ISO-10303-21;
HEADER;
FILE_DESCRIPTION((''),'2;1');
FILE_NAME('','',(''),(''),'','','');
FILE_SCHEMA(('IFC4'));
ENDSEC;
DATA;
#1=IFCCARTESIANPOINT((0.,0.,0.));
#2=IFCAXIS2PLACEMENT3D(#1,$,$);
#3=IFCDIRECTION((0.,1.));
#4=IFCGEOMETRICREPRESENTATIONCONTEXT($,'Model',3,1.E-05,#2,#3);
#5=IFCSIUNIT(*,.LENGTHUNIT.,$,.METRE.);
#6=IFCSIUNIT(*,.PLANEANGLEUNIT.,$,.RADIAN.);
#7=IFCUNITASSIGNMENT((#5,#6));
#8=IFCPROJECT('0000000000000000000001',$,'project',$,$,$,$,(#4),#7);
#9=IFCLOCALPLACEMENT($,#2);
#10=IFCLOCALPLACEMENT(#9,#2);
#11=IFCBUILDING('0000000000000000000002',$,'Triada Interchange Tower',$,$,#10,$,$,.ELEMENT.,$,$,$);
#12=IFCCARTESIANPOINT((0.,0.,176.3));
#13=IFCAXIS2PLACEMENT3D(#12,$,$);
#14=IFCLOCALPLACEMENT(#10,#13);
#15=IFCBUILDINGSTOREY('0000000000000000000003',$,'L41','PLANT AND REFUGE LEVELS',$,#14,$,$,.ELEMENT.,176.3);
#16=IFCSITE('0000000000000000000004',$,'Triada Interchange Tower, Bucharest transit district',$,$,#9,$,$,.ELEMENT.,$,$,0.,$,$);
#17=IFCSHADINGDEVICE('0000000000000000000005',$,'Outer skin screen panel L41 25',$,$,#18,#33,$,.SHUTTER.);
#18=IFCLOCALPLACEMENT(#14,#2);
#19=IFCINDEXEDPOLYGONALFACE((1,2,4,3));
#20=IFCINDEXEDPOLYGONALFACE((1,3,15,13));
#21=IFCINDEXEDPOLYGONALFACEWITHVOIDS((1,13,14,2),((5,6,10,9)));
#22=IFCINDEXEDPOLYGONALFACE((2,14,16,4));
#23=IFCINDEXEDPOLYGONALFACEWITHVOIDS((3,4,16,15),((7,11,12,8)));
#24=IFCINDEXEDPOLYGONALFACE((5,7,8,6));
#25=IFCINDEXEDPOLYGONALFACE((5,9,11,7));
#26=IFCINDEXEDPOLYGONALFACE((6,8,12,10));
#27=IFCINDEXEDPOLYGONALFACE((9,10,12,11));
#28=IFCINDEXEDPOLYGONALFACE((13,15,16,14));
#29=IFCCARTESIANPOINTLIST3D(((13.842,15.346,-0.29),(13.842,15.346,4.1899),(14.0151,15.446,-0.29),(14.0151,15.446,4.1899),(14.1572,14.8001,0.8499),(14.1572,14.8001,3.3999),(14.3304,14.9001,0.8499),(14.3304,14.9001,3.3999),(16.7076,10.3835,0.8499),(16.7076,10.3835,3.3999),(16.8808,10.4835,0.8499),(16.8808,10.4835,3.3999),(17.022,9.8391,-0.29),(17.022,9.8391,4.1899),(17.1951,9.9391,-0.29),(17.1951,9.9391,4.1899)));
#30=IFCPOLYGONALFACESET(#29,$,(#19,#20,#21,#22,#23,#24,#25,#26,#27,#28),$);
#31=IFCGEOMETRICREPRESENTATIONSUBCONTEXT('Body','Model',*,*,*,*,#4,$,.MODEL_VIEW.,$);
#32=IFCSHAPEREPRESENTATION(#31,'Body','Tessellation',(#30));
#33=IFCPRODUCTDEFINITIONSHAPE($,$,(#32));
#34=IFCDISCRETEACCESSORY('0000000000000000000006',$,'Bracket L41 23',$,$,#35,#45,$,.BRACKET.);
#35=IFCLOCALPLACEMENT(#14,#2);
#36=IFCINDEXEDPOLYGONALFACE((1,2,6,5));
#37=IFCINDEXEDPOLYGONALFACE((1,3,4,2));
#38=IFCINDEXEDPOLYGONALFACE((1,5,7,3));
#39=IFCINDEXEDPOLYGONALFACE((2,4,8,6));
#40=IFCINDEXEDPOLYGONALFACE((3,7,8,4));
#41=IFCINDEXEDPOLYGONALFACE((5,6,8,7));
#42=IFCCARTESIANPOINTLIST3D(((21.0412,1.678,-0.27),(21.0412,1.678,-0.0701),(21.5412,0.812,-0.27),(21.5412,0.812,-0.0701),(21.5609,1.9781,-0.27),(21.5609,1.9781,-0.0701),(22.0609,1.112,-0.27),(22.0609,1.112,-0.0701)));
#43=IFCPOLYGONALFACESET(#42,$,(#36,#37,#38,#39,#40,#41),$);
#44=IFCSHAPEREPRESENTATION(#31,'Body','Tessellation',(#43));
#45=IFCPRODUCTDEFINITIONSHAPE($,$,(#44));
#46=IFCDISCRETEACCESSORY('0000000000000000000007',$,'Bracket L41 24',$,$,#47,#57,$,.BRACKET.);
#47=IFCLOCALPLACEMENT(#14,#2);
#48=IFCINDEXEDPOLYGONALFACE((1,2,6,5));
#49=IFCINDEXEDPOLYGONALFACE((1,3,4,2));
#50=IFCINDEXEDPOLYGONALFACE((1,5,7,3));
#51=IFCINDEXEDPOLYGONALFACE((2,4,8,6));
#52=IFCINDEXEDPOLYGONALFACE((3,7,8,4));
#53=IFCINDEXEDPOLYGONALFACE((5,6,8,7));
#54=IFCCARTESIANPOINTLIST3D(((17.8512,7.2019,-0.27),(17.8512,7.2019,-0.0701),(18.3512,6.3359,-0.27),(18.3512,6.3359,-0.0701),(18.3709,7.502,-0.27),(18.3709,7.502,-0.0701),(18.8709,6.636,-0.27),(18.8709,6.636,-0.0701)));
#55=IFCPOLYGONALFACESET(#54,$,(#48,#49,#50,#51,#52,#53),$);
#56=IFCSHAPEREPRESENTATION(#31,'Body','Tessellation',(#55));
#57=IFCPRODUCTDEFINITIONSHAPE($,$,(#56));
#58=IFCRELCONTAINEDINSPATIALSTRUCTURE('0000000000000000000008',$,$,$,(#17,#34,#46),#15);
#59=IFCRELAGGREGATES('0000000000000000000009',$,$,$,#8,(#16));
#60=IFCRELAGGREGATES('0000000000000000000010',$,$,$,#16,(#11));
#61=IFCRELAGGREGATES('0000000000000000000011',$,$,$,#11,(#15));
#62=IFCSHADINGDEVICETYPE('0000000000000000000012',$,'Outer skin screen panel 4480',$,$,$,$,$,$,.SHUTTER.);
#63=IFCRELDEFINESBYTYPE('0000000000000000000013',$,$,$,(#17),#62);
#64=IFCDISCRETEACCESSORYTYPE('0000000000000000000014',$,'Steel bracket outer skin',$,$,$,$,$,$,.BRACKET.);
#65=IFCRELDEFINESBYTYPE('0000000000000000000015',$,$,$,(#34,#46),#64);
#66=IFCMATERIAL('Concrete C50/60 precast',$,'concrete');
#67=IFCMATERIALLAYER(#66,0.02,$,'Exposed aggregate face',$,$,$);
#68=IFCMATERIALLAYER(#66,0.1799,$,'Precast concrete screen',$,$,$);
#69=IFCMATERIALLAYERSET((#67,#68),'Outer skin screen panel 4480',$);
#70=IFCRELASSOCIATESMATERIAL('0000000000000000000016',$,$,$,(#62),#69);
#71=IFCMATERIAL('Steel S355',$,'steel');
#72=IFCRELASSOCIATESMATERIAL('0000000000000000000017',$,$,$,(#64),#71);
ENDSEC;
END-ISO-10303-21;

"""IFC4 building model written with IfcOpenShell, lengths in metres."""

from ifc_helpers import new_model, si_unit, direction, frame, origin, origin_2d, place, context, subcontext, project, spatial, polyline, rectangle, outline, extrude, material, layer, layer_set, type_object, element, save


model = new_model("IFC4")

# Units and contexts
model_context = context("Model", 3, precision=1e-05, world=origin(), true_north=direction((0.0, 1.0)))
body_context = subcontext(model_context, "Body", "Model", "MODEL_VIEW")
ifc_project = project(units=[si_unit("LENGTHUNIT", "METRE"), si_unit("PLANEANGLEUNIT", "RADIAN")], contexts=[model_context])

# Site, building, storey
site_placement = place(None, origin())
site = spatial("IfcSite", under=ifc_project, at=site_placement, Name="Triada Interchange Tower, Bucharest transit district", CompositionType="ELEMENT", RefElevation=0.0)
building_placement = place(site_placement, origin())
building = spatial("IfcBuilding", under=site, at=building_placement, Name="Triada Interchange Tower", CompositionType="ELEMENT")
storey_placement = place(building_placement, frame((0.0, 0.0, 176.3)))
storey = spatial("IfcBuildingStorey", under=building, at=storey_placement, Name="L41", Description="PLANT AND REFUGE LEVELS", CompositionType="ELEMENT", Elevation=176.3)

# Shared definitions
ifc_material_1 = material(Name="Steel S355", Category="steel")

# Shading device
ifc_material_2 = material(Name="Concrete C50/60 precast", Category="concrete")
ifc_layer_1 = layer(ifc_material_2, 0.02, Name="Exposed aggregate face")
ifc_layer_2 = layer(ifc_material_2, 0.1799, Name="Precast concrete screen")
ifc_layer_set_1 = layer_set([ifc_layer_1, ifc_layer_2], Name="Outer skin screen panel 4480")
shading_device_type = type_object("IfcShadingDeviceType", Name="Outer skin screen panel 4480", PredefinedType="SHUTTER", material=ifc_layer_set_1)
shading_device_1_placement = place(storey_placement, frame((17.022, 9.8391, -0.29), z_axis=(0.0, 0.0, 1.0), x_axis=(-0.500066, 0.865987, 0.0)))
element("IfcShadingDevice", 1, at=shading_device_1_placement, inside=storey, type_object=shading_device_type, Name="Outer skin screen panel L41 25", PredefinedType="SHUTTER", context=body_context, shape_type="SweptSolid", body=[
    extrude(outline(polyline([(0.0, 0.0), (6.3591, 0.0), (6.3591, 4.48), (0.0, 4.48), (0.0, 0.0)]), holes=[polyline([(0.6287, 1.1399), (0.6287, 3.6899), (5.7288, 3.6899), (5.7288, 1.1399), (0.6287, 1.1399)])]), frame((0.0, 0.0, 0.0), z_axis=(0.0, -1.0, 0.0), x_axis=(1.0, 0.0, 0.0)), (0.0, 0.0, 1.0), 0.2),
])

# Discrete accessories
discrete_accessory_type = type_object("IfcDiscreteAccessoryType", Name="Steel bracket outer skin", PredefinedType="BRACKET", material=ifc_material_1)
for number, where, z_axis, x_axis, name in (
    (2, (21.551, 1.395, -0.27), (0.0, 0.0, 1.0), (0.86603, 0.499993, 0.0), "Bracket L41 23"),
    (3, (18.3611, 6.9189, -0.27), (0.0, 0.0, 1.0), (0.86603, 0.499993, 0.0), "Bracket L41 24"),
):
    element("IfcDiscreteAccessory", number, at=place(storey_placement, frame(where, z_axis=z_axis, x_axis=x_axis)), inside=storey, type_object=discrete_accessory_type, Name=name, PredefinedType="BRACKET", context=body_context, shape_type="SweptSolid", body=[
        extrude(rectangle(XDim=0.6001, YDim=1.0, at=origin_2d()), origin(), (0.0, 0.0, 1.0), 0.2),
    ])

save(model, "model.ifc")
